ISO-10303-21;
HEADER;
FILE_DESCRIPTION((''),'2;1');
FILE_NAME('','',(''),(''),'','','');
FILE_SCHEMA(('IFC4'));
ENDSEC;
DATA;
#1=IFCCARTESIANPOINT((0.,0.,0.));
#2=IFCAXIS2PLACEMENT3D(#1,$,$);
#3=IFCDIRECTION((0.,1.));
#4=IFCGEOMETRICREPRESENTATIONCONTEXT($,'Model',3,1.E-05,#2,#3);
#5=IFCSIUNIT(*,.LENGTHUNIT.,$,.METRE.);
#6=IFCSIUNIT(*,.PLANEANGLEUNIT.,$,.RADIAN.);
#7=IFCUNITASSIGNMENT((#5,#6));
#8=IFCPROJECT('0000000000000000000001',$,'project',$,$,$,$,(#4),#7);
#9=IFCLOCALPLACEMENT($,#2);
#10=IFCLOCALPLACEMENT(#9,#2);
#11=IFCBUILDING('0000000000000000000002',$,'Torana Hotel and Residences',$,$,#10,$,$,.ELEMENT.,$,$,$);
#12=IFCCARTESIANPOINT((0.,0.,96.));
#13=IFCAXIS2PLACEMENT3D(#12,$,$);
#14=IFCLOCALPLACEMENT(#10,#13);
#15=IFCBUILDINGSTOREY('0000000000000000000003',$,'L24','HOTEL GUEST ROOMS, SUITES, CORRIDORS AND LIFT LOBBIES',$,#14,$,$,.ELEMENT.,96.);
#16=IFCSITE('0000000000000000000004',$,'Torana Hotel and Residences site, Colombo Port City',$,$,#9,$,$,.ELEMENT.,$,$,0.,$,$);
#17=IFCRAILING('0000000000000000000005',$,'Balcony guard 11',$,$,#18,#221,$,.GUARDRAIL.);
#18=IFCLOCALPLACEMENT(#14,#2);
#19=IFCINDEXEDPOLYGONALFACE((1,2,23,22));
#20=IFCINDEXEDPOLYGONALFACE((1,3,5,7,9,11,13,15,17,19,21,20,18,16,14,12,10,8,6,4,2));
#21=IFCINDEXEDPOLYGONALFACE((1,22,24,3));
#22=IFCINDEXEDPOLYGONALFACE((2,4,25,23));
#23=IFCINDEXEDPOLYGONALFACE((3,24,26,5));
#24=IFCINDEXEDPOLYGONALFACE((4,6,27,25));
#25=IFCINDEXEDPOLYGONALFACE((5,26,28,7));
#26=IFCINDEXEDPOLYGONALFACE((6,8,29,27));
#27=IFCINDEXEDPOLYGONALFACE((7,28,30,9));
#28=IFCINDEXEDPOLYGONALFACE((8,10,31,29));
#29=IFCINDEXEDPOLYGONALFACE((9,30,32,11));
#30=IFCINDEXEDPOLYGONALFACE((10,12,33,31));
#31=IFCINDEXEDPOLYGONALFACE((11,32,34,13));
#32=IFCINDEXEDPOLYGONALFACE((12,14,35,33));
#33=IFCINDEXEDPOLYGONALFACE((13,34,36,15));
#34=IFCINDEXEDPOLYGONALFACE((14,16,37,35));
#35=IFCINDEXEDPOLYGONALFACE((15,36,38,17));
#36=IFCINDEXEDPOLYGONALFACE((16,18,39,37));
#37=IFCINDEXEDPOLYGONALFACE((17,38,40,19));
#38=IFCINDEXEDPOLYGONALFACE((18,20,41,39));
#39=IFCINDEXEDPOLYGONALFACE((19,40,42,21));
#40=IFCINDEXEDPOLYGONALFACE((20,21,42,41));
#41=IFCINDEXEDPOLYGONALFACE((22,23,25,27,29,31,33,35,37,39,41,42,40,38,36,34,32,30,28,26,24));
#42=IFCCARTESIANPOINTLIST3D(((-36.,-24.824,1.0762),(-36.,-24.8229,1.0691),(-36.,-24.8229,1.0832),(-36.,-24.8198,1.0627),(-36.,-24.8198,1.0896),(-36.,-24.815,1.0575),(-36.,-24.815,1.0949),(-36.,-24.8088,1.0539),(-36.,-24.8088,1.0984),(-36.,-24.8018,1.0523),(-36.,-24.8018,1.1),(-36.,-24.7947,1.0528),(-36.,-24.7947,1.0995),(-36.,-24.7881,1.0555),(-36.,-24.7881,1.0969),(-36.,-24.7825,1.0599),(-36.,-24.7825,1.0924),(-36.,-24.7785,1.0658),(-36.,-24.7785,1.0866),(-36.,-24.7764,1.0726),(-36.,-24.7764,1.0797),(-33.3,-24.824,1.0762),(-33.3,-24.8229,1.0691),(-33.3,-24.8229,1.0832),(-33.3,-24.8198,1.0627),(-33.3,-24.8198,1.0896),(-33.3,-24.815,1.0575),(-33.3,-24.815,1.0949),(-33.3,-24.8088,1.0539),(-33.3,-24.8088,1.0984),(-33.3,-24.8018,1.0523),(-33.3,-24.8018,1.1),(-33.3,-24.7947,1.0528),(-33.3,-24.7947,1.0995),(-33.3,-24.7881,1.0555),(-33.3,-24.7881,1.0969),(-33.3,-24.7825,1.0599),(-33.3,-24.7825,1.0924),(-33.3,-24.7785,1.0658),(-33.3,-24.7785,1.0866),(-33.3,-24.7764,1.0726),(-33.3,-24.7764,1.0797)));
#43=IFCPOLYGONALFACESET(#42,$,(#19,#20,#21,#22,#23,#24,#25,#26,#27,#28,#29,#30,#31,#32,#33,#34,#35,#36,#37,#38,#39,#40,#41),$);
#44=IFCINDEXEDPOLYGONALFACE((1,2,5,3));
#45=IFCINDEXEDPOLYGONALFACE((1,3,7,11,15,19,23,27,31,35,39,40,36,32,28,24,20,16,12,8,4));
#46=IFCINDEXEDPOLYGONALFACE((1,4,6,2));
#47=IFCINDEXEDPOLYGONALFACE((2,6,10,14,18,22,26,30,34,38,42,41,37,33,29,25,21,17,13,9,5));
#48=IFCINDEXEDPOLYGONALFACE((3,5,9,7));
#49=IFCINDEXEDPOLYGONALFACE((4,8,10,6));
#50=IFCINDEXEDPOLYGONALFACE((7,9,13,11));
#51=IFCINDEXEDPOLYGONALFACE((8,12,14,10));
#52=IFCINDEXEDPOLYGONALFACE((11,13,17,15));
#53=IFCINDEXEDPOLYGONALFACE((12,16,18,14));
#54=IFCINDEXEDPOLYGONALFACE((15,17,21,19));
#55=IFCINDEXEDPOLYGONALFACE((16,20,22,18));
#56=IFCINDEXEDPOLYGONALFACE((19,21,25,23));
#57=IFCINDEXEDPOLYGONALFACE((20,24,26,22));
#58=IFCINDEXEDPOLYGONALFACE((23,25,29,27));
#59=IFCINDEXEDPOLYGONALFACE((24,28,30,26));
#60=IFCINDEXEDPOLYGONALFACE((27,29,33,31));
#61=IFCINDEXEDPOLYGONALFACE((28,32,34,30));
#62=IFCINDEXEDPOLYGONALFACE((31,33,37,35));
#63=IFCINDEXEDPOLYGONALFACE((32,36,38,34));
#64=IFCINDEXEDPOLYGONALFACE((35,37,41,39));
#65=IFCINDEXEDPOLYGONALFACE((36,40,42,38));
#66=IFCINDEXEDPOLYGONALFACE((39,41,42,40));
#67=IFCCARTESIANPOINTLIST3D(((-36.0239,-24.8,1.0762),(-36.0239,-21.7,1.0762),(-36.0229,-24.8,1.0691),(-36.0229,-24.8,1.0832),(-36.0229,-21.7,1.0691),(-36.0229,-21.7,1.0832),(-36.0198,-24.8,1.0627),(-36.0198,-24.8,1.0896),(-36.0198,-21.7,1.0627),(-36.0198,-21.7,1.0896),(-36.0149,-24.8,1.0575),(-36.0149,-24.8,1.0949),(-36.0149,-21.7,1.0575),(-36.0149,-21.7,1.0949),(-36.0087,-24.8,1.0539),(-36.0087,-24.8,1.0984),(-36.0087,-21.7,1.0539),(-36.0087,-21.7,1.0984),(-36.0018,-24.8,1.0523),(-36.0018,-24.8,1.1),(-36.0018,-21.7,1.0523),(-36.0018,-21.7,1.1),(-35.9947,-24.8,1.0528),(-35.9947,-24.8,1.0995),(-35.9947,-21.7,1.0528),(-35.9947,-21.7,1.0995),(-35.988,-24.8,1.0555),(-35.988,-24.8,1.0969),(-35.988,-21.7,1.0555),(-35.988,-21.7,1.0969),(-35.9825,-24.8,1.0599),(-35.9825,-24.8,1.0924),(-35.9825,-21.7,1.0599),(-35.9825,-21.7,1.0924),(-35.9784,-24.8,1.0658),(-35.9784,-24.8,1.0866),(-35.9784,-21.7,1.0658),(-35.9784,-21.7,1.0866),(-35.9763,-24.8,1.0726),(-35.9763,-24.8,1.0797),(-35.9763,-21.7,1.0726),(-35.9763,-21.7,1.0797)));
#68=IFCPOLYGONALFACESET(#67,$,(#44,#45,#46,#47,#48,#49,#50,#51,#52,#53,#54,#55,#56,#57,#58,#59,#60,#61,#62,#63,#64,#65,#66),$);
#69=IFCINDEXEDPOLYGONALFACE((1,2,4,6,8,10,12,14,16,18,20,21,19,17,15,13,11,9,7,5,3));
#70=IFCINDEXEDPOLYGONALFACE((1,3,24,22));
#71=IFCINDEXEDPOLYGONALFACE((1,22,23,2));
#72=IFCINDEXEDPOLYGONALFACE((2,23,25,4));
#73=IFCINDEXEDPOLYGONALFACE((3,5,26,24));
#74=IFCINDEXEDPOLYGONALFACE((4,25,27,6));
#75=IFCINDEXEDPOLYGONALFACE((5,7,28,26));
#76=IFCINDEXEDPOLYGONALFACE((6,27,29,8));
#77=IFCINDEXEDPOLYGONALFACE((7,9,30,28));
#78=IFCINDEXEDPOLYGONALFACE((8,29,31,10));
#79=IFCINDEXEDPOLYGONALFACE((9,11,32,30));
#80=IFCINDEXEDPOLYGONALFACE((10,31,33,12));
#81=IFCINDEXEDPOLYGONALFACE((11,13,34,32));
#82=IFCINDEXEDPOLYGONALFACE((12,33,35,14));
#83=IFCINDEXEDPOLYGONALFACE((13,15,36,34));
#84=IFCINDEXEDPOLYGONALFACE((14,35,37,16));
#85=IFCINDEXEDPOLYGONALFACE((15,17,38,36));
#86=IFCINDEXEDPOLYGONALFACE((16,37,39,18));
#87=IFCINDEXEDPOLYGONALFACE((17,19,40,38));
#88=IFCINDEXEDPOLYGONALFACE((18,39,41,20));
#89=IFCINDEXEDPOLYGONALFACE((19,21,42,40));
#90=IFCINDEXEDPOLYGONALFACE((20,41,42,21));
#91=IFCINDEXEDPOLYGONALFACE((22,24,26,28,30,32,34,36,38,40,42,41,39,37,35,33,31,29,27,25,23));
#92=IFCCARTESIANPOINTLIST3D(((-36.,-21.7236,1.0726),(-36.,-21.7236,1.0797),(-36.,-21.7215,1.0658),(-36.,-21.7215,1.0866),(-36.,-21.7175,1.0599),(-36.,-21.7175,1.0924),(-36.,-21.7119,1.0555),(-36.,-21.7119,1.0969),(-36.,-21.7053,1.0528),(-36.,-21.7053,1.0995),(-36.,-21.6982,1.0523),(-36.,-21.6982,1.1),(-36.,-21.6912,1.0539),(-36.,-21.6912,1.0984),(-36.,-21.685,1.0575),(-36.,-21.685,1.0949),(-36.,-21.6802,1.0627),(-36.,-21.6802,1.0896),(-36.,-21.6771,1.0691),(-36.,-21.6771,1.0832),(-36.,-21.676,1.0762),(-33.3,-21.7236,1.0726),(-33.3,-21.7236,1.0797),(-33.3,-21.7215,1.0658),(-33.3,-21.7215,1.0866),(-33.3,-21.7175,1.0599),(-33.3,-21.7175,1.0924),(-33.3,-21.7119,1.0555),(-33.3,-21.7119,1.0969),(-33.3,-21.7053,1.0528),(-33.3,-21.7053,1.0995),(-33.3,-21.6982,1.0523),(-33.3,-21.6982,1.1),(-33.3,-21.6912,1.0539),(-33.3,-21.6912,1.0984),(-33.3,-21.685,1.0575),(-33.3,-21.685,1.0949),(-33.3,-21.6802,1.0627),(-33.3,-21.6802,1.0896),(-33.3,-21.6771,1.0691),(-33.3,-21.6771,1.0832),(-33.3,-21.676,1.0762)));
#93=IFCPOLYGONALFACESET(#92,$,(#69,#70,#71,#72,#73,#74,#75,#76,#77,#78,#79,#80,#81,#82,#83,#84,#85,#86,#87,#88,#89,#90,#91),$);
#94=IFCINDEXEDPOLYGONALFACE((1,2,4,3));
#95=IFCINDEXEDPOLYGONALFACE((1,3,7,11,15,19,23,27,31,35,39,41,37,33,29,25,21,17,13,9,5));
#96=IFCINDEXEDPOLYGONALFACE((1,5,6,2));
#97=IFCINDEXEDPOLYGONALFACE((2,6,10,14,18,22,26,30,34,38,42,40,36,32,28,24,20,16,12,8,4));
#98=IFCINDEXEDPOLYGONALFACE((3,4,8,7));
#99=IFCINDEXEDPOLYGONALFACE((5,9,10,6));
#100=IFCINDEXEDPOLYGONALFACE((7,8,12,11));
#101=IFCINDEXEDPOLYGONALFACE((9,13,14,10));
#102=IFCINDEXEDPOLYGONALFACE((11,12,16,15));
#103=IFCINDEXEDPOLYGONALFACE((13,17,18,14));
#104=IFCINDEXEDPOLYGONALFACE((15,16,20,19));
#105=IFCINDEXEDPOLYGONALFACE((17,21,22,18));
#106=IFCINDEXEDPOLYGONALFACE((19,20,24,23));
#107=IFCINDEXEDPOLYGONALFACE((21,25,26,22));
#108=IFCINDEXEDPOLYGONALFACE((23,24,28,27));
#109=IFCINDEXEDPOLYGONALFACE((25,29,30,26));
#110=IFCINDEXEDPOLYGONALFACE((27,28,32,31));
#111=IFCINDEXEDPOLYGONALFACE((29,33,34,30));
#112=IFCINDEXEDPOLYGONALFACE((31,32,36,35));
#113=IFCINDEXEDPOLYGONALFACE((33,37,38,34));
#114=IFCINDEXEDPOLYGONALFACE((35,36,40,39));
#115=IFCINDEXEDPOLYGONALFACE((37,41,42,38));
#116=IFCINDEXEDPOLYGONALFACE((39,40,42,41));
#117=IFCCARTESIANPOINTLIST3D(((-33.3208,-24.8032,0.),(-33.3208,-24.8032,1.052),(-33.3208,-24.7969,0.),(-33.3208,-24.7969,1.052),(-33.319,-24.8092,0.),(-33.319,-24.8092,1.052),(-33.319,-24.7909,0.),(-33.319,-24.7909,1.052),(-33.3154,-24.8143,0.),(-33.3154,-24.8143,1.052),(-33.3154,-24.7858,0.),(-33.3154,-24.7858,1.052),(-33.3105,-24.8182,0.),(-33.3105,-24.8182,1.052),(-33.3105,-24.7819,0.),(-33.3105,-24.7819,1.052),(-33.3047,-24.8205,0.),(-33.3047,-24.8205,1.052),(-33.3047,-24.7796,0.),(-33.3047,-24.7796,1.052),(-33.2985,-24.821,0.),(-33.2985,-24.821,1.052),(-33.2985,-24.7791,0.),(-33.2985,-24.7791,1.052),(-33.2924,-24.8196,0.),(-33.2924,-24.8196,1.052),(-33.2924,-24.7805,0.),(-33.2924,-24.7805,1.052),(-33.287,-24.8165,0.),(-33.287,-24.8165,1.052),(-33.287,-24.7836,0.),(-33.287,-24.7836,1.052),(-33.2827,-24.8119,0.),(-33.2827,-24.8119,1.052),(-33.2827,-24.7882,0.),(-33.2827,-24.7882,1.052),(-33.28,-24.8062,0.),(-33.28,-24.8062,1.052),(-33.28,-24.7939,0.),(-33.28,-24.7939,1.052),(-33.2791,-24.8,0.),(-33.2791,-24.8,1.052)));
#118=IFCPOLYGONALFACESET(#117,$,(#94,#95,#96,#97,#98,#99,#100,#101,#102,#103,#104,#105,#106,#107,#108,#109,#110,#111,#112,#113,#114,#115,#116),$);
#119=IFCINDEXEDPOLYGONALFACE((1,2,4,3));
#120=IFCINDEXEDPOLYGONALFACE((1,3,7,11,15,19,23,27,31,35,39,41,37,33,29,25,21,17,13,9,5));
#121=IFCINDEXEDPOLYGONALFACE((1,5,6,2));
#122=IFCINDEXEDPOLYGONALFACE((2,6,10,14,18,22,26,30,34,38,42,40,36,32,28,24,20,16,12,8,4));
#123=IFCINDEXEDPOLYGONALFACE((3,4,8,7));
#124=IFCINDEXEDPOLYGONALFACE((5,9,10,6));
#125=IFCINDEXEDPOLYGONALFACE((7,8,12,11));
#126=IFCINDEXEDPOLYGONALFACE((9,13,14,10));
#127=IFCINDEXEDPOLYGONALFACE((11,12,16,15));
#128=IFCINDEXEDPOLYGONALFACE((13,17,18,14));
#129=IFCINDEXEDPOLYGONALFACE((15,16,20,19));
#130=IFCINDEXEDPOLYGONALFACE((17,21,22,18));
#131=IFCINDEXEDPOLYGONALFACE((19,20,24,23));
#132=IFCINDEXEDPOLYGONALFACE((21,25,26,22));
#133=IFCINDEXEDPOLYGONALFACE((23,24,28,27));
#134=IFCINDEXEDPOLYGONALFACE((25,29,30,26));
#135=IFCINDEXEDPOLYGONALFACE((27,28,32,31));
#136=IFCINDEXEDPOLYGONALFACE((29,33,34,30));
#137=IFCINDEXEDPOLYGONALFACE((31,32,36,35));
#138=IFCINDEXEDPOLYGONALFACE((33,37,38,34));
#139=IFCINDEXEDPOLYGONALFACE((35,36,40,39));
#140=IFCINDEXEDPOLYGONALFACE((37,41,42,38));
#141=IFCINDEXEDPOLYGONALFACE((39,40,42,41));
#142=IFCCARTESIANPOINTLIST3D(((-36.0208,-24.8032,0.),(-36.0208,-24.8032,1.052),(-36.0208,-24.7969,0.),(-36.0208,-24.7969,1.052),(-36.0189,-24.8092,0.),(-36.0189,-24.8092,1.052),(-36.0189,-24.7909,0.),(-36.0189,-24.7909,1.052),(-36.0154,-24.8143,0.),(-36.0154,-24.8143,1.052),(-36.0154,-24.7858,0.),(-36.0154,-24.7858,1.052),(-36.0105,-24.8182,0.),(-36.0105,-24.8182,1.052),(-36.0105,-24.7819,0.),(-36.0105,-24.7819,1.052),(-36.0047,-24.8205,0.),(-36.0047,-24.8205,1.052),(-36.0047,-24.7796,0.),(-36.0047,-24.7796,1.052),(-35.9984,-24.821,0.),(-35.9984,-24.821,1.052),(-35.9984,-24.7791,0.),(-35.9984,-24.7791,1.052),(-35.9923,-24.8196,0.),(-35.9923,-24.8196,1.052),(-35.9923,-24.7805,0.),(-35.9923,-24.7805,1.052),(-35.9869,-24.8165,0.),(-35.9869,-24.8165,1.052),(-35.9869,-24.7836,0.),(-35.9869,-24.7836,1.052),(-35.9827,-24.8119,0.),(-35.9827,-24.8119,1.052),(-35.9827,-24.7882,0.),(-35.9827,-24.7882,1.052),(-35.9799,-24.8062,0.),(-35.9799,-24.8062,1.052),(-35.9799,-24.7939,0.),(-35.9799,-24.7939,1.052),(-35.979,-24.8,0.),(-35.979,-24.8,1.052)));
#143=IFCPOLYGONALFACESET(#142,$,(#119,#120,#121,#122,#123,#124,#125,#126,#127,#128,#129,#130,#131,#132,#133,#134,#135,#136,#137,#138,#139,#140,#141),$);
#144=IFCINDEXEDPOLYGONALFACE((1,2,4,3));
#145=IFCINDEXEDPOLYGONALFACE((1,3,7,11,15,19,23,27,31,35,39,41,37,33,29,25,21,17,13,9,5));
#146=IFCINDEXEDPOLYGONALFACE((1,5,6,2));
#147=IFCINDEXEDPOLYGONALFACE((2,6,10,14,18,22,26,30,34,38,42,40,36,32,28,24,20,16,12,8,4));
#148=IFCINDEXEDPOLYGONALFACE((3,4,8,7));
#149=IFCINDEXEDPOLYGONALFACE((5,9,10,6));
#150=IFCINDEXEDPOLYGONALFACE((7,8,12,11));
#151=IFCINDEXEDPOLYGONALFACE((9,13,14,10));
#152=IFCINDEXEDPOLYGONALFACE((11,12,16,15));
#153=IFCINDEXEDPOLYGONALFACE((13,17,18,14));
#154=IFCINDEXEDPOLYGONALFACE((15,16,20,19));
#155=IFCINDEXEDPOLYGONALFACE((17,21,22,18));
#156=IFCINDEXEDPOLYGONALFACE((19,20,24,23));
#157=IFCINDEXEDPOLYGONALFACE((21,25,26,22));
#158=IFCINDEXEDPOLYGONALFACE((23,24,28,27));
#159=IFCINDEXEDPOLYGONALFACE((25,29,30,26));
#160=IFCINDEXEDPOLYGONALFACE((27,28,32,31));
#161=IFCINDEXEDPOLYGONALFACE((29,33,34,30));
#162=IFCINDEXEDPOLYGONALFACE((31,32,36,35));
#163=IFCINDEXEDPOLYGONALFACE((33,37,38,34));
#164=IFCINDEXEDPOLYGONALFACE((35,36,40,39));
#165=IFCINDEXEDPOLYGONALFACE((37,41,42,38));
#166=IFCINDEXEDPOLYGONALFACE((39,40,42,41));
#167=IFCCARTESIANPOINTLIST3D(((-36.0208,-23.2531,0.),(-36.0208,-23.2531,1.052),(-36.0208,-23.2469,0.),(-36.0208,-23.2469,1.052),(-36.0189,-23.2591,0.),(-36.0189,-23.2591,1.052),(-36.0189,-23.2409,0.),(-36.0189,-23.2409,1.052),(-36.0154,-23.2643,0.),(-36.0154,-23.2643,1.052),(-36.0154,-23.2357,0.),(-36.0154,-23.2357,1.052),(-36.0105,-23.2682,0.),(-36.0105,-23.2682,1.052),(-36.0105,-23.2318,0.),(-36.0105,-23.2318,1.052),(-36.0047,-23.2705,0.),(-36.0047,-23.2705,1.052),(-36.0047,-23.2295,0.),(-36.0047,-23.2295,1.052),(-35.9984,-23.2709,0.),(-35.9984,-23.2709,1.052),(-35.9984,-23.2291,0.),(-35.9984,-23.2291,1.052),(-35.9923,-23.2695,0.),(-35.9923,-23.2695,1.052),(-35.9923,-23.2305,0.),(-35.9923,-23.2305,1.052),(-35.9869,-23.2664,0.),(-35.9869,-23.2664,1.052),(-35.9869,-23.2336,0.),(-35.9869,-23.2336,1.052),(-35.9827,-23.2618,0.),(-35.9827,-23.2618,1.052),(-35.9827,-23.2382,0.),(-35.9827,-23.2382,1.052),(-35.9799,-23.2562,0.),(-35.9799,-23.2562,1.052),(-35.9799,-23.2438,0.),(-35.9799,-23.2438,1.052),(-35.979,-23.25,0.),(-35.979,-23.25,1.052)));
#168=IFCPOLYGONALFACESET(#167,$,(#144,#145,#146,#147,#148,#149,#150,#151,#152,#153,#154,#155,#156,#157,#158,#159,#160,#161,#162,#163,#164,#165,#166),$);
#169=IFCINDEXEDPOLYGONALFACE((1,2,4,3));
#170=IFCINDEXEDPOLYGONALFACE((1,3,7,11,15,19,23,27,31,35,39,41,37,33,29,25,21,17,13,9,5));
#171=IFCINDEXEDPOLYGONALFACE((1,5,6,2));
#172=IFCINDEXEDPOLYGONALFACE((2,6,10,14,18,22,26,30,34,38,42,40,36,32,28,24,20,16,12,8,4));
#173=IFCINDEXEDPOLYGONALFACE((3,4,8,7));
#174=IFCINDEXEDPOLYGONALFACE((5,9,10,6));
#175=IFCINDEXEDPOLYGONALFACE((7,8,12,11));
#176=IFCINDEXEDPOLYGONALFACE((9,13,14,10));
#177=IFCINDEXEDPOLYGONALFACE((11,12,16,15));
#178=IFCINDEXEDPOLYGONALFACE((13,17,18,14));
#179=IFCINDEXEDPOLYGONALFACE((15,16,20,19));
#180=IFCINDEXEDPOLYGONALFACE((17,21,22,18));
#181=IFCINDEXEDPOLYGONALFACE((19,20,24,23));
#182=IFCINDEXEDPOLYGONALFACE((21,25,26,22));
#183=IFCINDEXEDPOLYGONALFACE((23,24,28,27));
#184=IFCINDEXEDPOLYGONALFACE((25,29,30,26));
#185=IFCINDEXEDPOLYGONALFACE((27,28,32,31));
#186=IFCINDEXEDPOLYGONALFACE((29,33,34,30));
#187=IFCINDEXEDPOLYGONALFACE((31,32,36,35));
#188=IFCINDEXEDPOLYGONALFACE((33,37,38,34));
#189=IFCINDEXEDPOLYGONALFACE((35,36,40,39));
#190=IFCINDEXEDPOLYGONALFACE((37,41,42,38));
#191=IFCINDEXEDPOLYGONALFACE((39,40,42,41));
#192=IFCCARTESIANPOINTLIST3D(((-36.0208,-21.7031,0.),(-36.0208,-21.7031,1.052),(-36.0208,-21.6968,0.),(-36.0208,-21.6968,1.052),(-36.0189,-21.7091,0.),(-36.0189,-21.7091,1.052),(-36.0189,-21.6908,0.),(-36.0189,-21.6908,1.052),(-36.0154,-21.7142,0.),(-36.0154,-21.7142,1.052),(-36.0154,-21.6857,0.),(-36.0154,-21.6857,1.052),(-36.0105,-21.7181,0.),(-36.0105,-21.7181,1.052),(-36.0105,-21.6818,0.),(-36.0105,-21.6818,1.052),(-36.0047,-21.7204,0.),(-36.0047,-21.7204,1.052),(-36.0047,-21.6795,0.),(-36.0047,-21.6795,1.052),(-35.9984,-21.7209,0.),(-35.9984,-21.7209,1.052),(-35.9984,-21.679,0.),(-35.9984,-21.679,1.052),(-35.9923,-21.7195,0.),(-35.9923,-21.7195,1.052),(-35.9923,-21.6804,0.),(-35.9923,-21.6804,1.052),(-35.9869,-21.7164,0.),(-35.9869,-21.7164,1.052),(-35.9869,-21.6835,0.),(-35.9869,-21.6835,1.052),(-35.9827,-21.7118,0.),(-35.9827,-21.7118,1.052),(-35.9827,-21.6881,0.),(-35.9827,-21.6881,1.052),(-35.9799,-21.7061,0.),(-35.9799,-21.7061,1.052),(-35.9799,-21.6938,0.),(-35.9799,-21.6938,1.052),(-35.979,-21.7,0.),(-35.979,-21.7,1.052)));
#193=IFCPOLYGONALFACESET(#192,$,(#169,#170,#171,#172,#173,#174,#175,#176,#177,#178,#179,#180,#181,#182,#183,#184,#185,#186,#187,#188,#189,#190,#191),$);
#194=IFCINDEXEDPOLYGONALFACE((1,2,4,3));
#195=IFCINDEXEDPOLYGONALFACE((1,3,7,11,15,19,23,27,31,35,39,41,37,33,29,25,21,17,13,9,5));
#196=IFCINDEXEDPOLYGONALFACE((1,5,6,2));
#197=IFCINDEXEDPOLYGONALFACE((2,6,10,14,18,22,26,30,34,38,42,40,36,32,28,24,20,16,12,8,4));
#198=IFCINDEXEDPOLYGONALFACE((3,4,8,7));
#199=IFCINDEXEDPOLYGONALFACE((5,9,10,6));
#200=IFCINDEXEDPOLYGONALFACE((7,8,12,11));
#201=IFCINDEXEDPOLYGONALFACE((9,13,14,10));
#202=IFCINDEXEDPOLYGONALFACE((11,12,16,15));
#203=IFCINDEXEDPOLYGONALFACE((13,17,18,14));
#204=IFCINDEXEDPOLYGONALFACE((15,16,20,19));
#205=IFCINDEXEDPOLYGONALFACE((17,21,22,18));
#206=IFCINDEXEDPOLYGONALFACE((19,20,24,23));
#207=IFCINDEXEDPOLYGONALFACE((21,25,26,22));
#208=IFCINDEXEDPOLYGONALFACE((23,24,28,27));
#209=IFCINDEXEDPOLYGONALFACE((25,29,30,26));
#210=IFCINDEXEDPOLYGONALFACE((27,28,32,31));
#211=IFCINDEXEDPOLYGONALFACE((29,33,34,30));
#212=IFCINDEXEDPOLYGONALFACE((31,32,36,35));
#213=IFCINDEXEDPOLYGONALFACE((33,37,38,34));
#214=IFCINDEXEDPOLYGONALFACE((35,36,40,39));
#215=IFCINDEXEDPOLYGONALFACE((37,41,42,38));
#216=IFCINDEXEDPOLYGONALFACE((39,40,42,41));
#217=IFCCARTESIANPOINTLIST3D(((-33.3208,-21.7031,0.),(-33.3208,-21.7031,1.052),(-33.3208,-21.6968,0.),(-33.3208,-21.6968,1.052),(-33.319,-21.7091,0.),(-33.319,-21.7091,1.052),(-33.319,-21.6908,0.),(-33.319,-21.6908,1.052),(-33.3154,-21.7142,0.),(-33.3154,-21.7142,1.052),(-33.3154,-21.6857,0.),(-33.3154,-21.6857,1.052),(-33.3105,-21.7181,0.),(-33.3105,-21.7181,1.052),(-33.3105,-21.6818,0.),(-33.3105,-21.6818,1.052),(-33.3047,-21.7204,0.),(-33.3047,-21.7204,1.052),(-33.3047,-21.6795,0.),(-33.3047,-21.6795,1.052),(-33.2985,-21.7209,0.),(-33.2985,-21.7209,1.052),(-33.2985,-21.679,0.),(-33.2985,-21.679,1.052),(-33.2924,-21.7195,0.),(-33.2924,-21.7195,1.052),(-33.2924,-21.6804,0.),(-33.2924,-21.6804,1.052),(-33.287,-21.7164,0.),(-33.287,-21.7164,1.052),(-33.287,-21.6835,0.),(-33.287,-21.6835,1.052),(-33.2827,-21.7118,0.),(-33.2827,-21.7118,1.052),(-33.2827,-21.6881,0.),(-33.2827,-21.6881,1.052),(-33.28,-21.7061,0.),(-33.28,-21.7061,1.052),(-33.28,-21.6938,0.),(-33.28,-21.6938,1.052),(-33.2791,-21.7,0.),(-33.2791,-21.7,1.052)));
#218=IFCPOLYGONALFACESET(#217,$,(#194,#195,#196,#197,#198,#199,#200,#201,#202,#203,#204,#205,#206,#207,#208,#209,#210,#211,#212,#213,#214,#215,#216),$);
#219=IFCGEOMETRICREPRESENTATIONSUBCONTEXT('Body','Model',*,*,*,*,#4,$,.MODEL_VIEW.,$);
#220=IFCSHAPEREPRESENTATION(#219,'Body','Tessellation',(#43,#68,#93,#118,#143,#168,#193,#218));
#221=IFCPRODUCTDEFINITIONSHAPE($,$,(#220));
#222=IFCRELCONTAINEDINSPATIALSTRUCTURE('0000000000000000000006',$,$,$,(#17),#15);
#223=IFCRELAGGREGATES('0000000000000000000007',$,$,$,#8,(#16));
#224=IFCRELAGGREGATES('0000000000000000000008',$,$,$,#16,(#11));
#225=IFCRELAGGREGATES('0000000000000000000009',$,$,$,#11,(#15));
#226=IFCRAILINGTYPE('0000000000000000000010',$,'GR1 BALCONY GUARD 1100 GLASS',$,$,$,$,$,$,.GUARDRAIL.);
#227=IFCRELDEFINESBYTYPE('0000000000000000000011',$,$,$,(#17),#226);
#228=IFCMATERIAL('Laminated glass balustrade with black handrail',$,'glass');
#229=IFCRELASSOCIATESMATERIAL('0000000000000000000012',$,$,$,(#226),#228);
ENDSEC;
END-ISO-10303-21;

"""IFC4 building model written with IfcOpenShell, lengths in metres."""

from ifc_helpers import new_model, si_unit, direction, frame, origin, origin_2d, place, context, subcontext, project, spatial, circle, extrude, material, type_object, element, save


model = new_model("IFC4")

# Units and contexts
model_context = context("Model", 3, precision=1e-05, world=origin(), true_north=direction((0.0, 1.0)))
body_context = subcontext(model_context, "Body", "Model", "MODEL_VIEW")
ifc_project = project(units=[si_unit("LENGTHUNIT", "METRE"), si_unit("PLANEANGLEUNIT", "RADIAN")], contexts=[model_context])

# Site, building, storey
site_placement = place(None, origin())
site = spatial("IfcSite", under=ifc_project, at=site_placement, Name="Torana Hotel and Residences site, Colombo Port City", CompositionType="ELEMENT", RefElevation=0.0)
building_placement = place(site_placement, origin())
building = spatial("IfcBuilding", under=site, at=building_placement, Name="Torana Hotel and Residences", CompositionType="ELEMENT")
storey_placement = place(building_placement, frame((0.0, 0.0, 96.0)))
storey = spatial("IfcBuildingStorey", under=building, at=storey_placement, Name="L24", Description="HOTEL GUEST ROOMS, SUITES, CORRIDORS AND LIFT LOBBIES", CompositionType="ELEMENT", Elevation=96.0)

# Railing
ifc_material_1 = material(Name="Laminated glass balustrade with black handrail", Category="glass")
railing_type = type_object("IfcRailingType", Name="GR1 BALCONY GUARD 1100 GLASS", PredefinedType="GUARDRAIL", material=ifc_material_1)
railing_placement = place(storey_placement, frame((-33.3, -24.8, 0.0)))
element("IfcRailing", 1, at=railing_placement, inside=storey, type_object=railing_type, Name="Balcony guard 11", PredefinedType="GUARDRAIL", context=body_context, shape_type="SweptSolid", body=[
    extrude(circle(Radius=0.0239, at=origin_2d()), frame((0.0, 0.0, 1.0762), z_axis=(-1.0, 0.0, 0.0), x_axis=(0.0, -1.0, 0.0)), (0.0, 0.0, 1.0), 2.7),
    extrude(circle(Radius=0.0239, at=origin_2d()), frame((-2.7, 0.0, 1.0762), z_axis=(0.0, 1.0, 0.0), x_axis=(-1.0, 0.0, 0.0)), (0.0, 0.0, 1.0), 3.1001),
    extrude(circle(Radius=0.0239, at=origin_2d()), frame((-2.7, 3.1001, 1.0762), z_axis=(1.0, 0.0, 0.0), x_axis=(0.0, 1.0, 0.0)), (0.0, 0.0, 1.0), 2.7),
    extrude(circle(Radius=0.021, at=origin_2d()), origin(), (0.0, 0.0, 1.0), 1.052),
    extrude(circle(Radius=0.021, at=origin_2d()), frame((-2.7, 0.0, 0.0)), (0.0, 0.0, 1.0), 1.052),
    extrude(circle(Radius=0.021, at=origin_2d()), frame((-2.7, 1.55, 0.0)), (0.0, 0.0, 1.0), 1.052),
    extrude(circle(Radius=0.021, at=origin_2d()), frame((-2.7, 3.1001, 0.0)), (0.0, 0.0, 1.0), 1.052),
    extrude(circle(Radius=0.021, at=origin_2d()), frame((0.0, 3.1001, 0.0)), (0.0, 0.0, 1.0), 1.052),
])

save(model, "model.ifc")
